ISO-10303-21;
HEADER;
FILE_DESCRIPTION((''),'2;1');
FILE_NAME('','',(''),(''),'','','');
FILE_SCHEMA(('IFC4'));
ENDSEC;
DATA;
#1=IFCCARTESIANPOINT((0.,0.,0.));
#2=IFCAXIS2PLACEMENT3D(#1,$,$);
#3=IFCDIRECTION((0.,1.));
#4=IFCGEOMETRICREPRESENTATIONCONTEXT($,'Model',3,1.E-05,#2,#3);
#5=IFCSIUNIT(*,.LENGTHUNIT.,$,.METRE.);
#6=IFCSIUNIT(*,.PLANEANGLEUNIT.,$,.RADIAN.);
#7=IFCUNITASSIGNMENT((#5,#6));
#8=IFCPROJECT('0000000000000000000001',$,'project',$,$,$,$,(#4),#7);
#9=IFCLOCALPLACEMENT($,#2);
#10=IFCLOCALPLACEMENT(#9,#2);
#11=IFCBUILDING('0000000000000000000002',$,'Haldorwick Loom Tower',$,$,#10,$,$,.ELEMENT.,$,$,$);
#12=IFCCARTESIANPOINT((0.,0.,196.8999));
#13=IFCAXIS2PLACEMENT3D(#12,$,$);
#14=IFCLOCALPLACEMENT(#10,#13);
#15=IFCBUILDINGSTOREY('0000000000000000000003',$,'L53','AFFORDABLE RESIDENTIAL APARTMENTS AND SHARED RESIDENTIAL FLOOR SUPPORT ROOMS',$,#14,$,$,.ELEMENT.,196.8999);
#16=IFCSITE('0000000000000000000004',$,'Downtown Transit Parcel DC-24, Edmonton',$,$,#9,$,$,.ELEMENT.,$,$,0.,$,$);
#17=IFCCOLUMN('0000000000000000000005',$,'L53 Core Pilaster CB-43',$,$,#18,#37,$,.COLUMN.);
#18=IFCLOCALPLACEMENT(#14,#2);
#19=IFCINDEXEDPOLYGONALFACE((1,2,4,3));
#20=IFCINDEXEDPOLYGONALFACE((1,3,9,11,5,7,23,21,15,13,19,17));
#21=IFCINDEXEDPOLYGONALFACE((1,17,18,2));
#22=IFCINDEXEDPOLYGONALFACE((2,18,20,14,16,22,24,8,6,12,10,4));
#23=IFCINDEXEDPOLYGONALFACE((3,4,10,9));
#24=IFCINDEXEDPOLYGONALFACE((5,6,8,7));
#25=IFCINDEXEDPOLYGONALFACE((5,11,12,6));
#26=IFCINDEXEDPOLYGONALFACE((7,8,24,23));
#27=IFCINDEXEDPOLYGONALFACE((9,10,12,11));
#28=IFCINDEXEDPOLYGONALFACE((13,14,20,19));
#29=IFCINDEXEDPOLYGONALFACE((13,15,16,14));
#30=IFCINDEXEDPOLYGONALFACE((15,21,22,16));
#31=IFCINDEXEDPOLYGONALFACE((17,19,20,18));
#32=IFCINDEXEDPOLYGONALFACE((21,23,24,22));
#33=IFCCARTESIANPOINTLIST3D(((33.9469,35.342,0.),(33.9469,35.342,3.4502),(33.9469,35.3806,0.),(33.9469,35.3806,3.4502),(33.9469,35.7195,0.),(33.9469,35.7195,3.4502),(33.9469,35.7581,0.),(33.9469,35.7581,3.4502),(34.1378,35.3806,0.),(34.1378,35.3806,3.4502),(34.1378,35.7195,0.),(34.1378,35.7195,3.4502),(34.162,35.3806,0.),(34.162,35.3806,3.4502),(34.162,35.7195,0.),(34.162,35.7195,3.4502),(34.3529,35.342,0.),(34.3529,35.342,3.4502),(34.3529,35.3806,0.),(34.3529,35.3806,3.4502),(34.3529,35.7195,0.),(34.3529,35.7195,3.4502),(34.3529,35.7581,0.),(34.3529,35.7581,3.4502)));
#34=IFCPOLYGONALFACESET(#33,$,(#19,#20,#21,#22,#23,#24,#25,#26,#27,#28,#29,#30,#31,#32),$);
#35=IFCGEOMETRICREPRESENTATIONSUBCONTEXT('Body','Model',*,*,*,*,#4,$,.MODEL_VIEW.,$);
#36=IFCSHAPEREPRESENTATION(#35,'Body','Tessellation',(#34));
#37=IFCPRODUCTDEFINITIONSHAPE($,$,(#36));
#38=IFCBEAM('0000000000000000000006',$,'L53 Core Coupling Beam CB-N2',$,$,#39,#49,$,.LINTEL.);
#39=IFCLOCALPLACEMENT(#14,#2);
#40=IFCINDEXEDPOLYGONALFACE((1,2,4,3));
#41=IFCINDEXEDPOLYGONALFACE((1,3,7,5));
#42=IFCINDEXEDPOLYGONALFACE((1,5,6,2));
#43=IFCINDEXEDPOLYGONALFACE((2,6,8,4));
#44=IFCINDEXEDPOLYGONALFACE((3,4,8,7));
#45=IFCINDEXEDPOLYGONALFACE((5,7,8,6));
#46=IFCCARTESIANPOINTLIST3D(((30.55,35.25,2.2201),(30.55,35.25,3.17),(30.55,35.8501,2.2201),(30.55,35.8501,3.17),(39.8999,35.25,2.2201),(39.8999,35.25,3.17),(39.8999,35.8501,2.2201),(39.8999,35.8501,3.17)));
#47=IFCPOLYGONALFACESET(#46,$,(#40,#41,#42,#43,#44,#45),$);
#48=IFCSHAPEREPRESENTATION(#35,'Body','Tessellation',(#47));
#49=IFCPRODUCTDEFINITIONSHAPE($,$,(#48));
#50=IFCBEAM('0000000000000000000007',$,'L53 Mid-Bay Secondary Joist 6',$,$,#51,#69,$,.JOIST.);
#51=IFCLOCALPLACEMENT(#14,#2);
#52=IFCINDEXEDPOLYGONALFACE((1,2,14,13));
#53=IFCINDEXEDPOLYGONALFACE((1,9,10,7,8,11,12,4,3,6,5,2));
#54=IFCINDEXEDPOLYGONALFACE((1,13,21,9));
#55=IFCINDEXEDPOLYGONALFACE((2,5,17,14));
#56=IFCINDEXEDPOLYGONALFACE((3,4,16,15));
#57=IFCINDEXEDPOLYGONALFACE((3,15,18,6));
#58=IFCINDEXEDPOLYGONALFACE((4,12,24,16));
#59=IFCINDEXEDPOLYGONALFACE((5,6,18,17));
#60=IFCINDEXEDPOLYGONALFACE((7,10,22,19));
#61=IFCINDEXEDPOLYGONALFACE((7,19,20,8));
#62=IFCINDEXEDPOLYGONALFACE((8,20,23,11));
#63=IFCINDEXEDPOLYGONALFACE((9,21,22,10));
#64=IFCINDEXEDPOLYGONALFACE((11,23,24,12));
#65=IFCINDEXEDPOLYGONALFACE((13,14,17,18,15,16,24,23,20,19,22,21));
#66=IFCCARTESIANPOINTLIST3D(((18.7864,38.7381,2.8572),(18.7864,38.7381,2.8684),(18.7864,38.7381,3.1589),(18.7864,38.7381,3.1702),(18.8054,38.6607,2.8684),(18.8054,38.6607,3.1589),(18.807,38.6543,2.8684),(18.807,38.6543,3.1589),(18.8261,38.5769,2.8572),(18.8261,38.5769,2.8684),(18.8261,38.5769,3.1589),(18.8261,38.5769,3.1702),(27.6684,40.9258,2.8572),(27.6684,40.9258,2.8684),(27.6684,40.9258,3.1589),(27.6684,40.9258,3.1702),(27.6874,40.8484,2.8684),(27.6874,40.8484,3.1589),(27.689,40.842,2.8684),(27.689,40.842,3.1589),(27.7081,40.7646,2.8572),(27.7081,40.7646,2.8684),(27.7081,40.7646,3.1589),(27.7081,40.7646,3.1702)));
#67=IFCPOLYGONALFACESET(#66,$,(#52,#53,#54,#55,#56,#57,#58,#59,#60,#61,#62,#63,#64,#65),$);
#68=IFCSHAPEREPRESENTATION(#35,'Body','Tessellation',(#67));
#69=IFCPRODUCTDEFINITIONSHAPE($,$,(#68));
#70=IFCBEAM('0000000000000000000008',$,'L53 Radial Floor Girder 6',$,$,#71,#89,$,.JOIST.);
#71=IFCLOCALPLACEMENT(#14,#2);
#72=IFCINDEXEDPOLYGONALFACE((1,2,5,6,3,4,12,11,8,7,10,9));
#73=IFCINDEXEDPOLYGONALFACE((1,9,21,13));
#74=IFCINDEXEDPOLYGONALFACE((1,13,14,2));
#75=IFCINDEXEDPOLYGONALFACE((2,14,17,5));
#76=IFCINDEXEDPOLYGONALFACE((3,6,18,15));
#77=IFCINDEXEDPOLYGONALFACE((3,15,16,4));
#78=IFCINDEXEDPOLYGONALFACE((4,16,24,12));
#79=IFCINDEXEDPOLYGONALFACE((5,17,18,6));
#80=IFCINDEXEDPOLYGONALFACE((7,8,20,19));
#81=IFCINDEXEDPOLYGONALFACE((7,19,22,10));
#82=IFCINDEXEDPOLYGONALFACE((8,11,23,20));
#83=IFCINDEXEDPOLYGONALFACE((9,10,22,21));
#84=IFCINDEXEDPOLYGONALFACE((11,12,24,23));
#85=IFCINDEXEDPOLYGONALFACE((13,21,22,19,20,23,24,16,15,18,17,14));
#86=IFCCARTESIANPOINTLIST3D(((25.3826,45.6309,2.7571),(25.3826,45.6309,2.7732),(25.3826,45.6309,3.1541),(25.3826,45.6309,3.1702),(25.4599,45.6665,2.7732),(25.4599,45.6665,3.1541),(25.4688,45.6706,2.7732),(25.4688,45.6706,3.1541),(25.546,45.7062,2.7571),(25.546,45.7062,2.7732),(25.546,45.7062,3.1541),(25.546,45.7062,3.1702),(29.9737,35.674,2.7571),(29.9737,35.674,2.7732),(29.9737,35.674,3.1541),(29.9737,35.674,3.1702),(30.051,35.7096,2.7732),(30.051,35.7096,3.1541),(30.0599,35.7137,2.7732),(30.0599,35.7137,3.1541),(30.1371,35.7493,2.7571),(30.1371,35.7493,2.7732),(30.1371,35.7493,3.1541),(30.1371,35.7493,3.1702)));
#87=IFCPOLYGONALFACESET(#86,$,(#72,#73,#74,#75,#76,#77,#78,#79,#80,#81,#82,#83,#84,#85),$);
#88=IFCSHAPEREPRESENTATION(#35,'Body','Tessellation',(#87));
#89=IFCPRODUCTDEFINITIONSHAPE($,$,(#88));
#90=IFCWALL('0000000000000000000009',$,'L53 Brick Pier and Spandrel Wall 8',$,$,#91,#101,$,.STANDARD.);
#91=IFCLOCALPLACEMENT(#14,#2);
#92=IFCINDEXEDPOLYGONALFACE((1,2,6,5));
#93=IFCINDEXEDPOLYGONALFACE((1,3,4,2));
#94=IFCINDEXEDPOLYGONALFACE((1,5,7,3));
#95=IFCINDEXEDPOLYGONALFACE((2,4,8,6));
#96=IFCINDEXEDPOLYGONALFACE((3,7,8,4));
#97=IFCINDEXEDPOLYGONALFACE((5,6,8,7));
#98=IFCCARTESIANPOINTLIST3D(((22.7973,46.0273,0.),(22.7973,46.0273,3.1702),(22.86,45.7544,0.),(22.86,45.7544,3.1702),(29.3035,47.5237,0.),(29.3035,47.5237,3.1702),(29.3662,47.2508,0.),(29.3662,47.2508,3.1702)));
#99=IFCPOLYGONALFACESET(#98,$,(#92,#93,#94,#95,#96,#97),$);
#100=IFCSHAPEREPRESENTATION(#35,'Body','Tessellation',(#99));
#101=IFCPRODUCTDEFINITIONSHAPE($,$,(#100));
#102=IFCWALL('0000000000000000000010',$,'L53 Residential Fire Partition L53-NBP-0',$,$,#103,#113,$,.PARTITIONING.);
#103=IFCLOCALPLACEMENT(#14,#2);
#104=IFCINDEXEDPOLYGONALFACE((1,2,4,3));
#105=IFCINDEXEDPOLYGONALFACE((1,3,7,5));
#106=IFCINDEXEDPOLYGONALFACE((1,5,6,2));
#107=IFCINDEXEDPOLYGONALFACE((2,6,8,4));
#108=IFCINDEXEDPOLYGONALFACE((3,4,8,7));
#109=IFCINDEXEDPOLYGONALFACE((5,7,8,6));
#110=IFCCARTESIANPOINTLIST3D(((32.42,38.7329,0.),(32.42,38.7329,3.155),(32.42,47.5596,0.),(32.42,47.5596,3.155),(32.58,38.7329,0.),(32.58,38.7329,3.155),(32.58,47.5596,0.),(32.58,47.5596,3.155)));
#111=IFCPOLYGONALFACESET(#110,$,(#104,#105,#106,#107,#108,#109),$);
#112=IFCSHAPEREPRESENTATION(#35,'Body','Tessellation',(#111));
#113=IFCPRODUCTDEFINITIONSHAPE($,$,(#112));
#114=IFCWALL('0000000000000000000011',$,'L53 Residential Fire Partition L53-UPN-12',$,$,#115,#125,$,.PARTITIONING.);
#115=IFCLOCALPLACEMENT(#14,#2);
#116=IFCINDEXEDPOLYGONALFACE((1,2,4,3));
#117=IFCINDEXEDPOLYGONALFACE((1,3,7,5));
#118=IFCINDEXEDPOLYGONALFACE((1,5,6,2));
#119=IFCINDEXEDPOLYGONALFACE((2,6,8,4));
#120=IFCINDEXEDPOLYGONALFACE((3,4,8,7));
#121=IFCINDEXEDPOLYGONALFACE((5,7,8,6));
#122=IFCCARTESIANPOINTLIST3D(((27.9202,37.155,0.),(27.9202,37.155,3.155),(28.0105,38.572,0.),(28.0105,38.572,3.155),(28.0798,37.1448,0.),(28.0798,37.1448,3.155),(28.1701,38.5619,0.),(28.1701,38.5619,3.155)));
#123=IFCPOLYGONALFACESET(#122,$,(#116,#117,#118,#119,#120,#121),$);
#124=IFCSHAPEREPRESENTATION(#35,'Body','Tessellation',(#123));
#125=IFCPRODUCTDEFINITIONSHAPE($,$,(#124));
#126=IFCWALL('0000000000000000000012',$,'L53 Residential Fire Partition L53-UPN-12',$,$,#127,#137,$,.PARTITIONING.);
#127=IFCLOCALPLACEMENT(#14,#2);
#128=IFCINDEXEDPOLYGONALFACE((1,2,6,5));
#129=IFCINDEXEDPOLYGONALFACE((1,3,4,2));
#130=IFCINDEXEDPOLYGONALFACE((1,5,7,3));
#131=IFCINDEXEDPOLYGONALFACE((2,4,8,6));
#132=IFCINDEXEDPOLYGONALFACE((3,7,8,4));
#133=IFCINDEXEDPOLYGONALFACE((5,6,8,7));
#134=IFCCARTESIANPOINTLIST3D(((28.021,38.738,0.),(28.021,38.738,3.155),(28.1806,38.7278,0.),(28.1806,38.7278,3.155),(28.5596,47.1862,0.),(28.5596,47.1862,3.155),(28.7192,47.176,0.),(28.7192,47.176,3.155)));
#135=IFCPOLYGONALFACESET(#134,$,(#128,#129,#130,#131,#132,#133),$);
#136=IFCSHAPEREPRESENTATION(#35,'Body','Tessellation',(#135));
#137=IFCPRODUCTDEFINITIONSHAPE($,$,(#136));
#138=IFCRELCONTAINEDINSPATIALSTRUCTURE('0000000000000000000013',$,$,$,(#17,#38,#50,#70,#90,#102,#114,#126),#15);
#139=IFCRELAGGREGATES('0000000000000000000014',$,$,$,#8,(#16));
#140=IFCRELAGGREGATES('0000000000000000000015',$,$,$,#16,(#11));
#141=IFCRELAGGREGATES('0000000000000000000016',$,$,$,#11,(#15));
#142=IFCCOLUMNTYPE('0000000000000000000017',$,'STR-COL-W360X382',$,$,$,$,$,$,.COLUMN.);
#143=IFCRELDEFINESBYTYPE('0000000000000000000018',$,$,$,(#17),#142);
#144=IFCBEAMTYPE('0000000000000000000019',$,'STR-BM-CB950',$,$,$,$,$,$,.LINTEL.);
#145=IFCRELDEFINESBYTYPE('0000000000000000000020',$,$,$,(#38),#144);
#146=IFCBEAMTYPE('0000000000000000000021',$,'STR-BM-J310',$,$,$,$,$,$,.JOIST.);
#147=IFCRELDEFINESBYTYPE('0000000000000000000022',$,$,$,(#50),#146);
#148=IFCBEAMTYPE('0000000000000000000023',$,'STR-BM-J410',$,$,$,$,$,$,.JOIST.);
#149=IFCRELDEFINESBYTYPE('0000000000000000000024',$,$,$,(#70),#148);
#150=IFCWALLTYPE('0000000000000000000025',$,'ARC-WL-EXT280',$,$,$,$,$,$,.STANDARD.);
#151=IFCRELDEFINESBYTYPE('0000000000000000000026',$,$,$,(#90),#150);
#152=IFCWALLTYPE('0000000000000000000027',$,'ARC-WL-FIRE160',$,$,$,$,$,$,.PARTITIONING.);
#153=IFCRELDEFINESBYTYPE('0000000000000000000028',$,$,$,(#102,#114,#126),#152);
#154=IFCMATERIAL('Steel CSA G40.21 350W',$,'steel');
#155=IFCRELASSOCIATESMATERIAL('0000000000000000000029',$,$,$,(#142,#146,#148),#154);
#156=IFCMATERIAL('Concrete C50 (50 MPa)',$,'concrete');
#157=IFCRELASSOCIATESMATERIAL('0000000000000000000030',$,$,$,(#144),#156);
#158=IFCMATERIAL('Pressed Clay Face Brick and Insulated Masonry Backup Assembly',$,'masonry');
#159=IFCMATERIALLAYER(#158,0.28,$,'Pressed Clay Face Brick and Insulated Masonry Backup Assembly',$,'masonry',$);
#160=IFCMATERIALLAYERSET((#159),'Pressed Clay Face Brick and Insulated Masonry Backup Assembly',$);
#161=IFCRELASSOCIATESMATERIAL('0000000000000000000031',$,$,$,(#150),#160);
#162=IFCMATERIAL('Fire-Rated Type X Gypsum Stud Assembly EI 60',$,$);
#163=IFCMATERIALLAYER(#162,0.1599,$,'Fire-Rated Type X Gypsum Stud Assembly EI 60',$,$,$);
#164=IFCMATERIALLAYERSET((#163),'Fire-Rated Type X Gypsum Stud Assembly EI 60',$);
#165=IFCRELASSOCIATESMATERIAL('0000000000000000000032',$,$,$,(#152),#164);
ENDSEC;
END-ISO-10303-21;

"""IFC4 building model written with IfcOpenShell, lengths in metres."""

from ifc_helpers import new_model, si_unit, direction, frame, frame_2d, origin, origin_2d, place, context, subcontext, project, spatial, rectangle, i_section, extrude, material, layer, layer_set, material_profile, profile_set, type_object, element, save


model = new_model("IFC4")

# Units and contexts
model_context = context("Model", 3, precision=1e-05, world=origin(), true_north=direction((0.0, 1.0)))
body_context = subcontext(model_context, "Body", "Model", "MODEL_VIEW")
ifc_project = project(units=[si_unit("LENGTHUNIT", "METRE"), si_unit("PLANEANGLEUNIT", "RADIAN")], contexts=[model_context])

# Site, building, storey
site_placement = place(None, origin())
site = spatial("IfcSite", under=ifc_project, at=site_placement, Name="Downtown Transit Parcel DC-24, Edmonton", CompositionType="ELEMENT", RefElevation=0.0)
building_placement = place(site_placement, origin())
building = spatial("IfcBuilding", under=site, at=building_placement, Name="Haldorwick Loom Tower", CompositionType="ELEMENT")
storey_placement = place(building_placement, frame((0.0, 0.0, 196.8999)))
storey = spatial("IfcBuildingStorey", under=building, at=storey_placement, Name="L53", Description="AFFORDABLE RESIDENTIAL APARTMENTS AND SHARED RESIDENTIAL FLOOR SUPPORT ROOMS", CompositionType="ELEMENT", Elevation=196.8999)

# Column
ifc_material_1 = material(Name="Steel CSA G40.21 350W", Category="steel")
ifc_material_profile_1 = material_profile(ifc_material_1, i_section(OverallWidth=0.406, OverallDepth=0.416, WebThickness=0.0242, FlangeThickness=0.0386, at=origin_2d()), Name="W360X382", Category="steel")
ifc_profile_set_1 = profile_set([ifc_material_profile_1], Name="Steel CSA G40.21 350W")
column_type_1 = type_object("IfcColumnType", Name="STR-COL-W360X382", PredefinedType="COLUMN", material=ifc_profile_set_1)
for number, where, z_axis, x_axis, name in (
    (1, (34.1499, 35.55, 0.0), (0.0, 0.0, 1.0), (1.0, 0.0, 0.0), "L53 Core Pilaster CB-43"),
):
    element("IfcColumn", number, at=place(storey_placement, frame(where, z_axis=z_axis, x_axis=x_axis)), inside=storey, type_object=column_type_1, Name=name, PredefinedType="COLUMN", context=body_context, shape_type="SweptSolid", body=[
        extrude(i_section(OverallWidth=0.406, OverallDepth=0.416, WebThickness=0.0242, FlangeThickness=0.0386, at=origin_2d()), origin(), (0.0, 0.0, 1.0), 3.4502),
    ])

# Beams
ifc_material_2 = material(Name="Concrete C50 (50 MPa)", Category="concrete")
ifc_material_profile_2 = material_profile(ifc_material_2, rectangle(XDim=0.6001, YDim=0.95, at=origin_2d()), Name="RC600X950", Category="concrete")
ifc_profile_set_2 = profile_set([ifc_material_profile_2], Name="Concrete C50 (50 MPa)")
beam_type_1 = type_object("IfcBeamType", Name="STR-BM-CB950", PredefinedType="LINTEL", material=ifc_profile_set_2)
beam_1_placement = place(storey_placement, frame((30.55, 35.55, 2.6951), z_axis=(1.0, 0.0, 0.0), x_axis=(0.0, 1.0, 0.0)))
element("IfcBeam", 2, at=beam_1_placement, inside=storey, type_object=beam_type_1, Name="L53 Core Coupling Beam CB-N2", PredefinedType="LINTEL", context=body_context, shape_type="SweptSolid", body=[
    extrude(rectangle(XDim=0.6001, YDim=0.95, at=origin_2d()), origin(), (0.0, 0.0, 1.0), 9.3499),
])
ifc_material_profile_3 = material_profile(ifc_material_1, i_section(OverallWidth=0.166, OverallDepth=0.313, WebThickness=0.0066, FlangeThickness=0.0112, at=origin_2d()), Name="W310X45", Category="steel")
ifc_profile_set_3 = profile_set([ifc_material_profile_3], Name="Steel CSA G40.21 350W")
beam_type_2 = type_object("IfcBeamType", Name="STR-BM-J310", PredefinedType="JOIST", material=ifc_profile_set_3)
beam_2_placement = place(storey_placement, frame((27.6882, 40.8452, 3.0137), z_axis=(-0.97098, -0.239162, 0.0), x_axis=(0.239162, -0.97098, 0.0)))
element("IfcBeam", 3, at=beam_2_placement, inside=storey, type_object=beam_type_2, Name="L53 Mid-Bay Secondary Joist 6", PredefinedType="JOIST", context=body_context, shape_type="SweptSolid", body=[
    extrude(i_section(OverallWidth=0.166, OverallDepth=0.313, WebThickness=0.0066, FlangeThickness=0.0112, at=origin_2d()), origin(), (0.0, 0.0, 1.0), 9.1475),
])
ifc_material_profile_4 = material_profile(ifc_material_1, i_section(OverallWidth=0.1799, OverallDepth=0.4131, WebThickness=0.0098, FlangeThickness=0.0161, at=origin_2d()), Name="W410X74", Category="steel")
ifc_profile_set_4 = profile_set([ifc_material_profile_4], Name="Steel CSA G40.21 350W")
beam_type_3 = type_object("IfcBeamType", Name="STR-BM-J410", PredefinedType="JOIST", material=ifc_profile_set_4)
beam_3_placement = place(storey_placement, frame((30.0554, 35.7117, 2.9636), z_axis=(-0.418729, 0.908111, 0.0), x_axis=(-0.908111, -0.418729, 0.0)))
element("IfcBeam", 4, at=beam_3_placement, inside=storey, type_object=beam_type_3, Name="L53 Radial Floor Girder 6", PredefinedType="JOIST", context=body_context, shape_type="SweptSolid", body=[
    extrude(i_section(OverallWidth=0.1799, OverallDepth=0.4131, WebThickness=0.0098, FlangeThickness=0.0161, at=origin_2d()), origin(), (0.0, 0.0, 1.0), 10.9644),
])

# Walls
ifc_material_3 = material(Name="Pressed Clay Face Brick and Insulated Masonry Backup Assembly", Category="masonry")
ifc_layer_1 = layer(ifc_material_3, 0.28, Name="Pressed Clay Face Brick and Insulated Masonry Backup Assembly", Category="masonry")
ifc_layer_set_1 = layer_set([ifc_layer_1], Name="Pressed Clay Face Brick and Insulated Masonry Backup Assembly")
wall_type_1 = type_object("IfcWallType", Name="ARC-WL-EXT280", PredefinedType="STANDARD", material=ifc_layer_set_1)
wall_1_placement = place(storey_placement, frame((29.3347, 47.3872, 0.0), z_axis=(0.0, 0.0, 1.0), x_axis=(-0.974557, -0.224138, 0.0)))
element("IfcWall", 5, at=wall_1_placement, inside=storey, type_object=wall_type_1, Name="L53 Brick Pier and Spandrel Wall 8", PredefinedType="STANDARD", context=body_context, shape_type="SweptSolid", body=[
    extrude(rectangle(XDim=6.676, YDim=0.28, at=frame_2d((3.3379, 0.0))), origin(), (0.0, 0.0, 1.0), 3.1702),
])
ifc_material_4 = material(Name="Fire-Rated Type X Gypsum Stud Assembly EI 60")
ifc_layer_2 = layer(ifc_material_4, 0.1599, Name="Fire-Rated Type X Gypsum Stud Assembly EI 60")
ifc_layer_set_2 = layer_set([ifc_layer_2], Name="Fire-Rated Type X Gypsum Stud Assembly EI 60")
wall_type_2 = type_object("IfcWallType", Name="ARC-WL-FIRE160", PredefinedType="PARTITIONING", material=ifc_layer_set_2)
wall_2_placement = place(storey_placement, frame((32.5, 38.7329, 0.0), z_axis=(0.0, 0.0, 1.0), x_axis=(0.0, 1.0, 0.0)))
element("IfcWall", 6, at=wall_2_placement, inside=storey, type_object=wall_type_2, Name="L53 Residential Fire Partition L53-NBP-0", PredefinedType="PARTITIONING", context=body_context, shape_type="SweptSolid", body=[
    extrude(rectangle(XDim=8.8267, YDim=0.1599, at=frame_2d((4.4133, 0.0))), origin(), (0.0, 0.0, 1.0), 3.155),
])
wall_3_placement = place(storey_placement, frame((28.0, 37.1499, 0.0), z_axis=(0.0, 0.0, 1.0), x_axis=(0.06362, 0.997974, 0.0)))
element("IfcWall", 7, at=wall_3_placement, inside=storey, type_object=wall_type_2, Name="L53 Residential Fire Partition L53-UPN-12", PredefinedType="PARTITIONING", context=body_context, shape_type="SweptSolid", body=[
    extrude(rectangle(XDim=1.4199, YDim=0.1599, at=frame_2d((0.71, 0.0))), origin(), (0.0, 0.0, 1.0), 3.155),
])
wall_4_placement = place(storey_placement, frame((28.1008, 38.7329, 0.0), z_axis=(0.0, 0.0, 1.0), x_axis=(0.063621, 0.997974, 0.0)))
element("IfcWall", 8, at=wall_4_placement, inside=storey, type_object=wall_type_2, Name="L53 Residential Fire Partition L53-UPN-12", PredefinedType="PARTITIONING", context=body_context, shape_type="SweptSolid", body=[
    extrude(rectangle(XDim=8.4653, YDim=0.1599, at=frame_2d((4.2327, 0.0))), origin(), (0.0, 0.0, 1.0), 3.155),
])

save(model, "model.ifc")
